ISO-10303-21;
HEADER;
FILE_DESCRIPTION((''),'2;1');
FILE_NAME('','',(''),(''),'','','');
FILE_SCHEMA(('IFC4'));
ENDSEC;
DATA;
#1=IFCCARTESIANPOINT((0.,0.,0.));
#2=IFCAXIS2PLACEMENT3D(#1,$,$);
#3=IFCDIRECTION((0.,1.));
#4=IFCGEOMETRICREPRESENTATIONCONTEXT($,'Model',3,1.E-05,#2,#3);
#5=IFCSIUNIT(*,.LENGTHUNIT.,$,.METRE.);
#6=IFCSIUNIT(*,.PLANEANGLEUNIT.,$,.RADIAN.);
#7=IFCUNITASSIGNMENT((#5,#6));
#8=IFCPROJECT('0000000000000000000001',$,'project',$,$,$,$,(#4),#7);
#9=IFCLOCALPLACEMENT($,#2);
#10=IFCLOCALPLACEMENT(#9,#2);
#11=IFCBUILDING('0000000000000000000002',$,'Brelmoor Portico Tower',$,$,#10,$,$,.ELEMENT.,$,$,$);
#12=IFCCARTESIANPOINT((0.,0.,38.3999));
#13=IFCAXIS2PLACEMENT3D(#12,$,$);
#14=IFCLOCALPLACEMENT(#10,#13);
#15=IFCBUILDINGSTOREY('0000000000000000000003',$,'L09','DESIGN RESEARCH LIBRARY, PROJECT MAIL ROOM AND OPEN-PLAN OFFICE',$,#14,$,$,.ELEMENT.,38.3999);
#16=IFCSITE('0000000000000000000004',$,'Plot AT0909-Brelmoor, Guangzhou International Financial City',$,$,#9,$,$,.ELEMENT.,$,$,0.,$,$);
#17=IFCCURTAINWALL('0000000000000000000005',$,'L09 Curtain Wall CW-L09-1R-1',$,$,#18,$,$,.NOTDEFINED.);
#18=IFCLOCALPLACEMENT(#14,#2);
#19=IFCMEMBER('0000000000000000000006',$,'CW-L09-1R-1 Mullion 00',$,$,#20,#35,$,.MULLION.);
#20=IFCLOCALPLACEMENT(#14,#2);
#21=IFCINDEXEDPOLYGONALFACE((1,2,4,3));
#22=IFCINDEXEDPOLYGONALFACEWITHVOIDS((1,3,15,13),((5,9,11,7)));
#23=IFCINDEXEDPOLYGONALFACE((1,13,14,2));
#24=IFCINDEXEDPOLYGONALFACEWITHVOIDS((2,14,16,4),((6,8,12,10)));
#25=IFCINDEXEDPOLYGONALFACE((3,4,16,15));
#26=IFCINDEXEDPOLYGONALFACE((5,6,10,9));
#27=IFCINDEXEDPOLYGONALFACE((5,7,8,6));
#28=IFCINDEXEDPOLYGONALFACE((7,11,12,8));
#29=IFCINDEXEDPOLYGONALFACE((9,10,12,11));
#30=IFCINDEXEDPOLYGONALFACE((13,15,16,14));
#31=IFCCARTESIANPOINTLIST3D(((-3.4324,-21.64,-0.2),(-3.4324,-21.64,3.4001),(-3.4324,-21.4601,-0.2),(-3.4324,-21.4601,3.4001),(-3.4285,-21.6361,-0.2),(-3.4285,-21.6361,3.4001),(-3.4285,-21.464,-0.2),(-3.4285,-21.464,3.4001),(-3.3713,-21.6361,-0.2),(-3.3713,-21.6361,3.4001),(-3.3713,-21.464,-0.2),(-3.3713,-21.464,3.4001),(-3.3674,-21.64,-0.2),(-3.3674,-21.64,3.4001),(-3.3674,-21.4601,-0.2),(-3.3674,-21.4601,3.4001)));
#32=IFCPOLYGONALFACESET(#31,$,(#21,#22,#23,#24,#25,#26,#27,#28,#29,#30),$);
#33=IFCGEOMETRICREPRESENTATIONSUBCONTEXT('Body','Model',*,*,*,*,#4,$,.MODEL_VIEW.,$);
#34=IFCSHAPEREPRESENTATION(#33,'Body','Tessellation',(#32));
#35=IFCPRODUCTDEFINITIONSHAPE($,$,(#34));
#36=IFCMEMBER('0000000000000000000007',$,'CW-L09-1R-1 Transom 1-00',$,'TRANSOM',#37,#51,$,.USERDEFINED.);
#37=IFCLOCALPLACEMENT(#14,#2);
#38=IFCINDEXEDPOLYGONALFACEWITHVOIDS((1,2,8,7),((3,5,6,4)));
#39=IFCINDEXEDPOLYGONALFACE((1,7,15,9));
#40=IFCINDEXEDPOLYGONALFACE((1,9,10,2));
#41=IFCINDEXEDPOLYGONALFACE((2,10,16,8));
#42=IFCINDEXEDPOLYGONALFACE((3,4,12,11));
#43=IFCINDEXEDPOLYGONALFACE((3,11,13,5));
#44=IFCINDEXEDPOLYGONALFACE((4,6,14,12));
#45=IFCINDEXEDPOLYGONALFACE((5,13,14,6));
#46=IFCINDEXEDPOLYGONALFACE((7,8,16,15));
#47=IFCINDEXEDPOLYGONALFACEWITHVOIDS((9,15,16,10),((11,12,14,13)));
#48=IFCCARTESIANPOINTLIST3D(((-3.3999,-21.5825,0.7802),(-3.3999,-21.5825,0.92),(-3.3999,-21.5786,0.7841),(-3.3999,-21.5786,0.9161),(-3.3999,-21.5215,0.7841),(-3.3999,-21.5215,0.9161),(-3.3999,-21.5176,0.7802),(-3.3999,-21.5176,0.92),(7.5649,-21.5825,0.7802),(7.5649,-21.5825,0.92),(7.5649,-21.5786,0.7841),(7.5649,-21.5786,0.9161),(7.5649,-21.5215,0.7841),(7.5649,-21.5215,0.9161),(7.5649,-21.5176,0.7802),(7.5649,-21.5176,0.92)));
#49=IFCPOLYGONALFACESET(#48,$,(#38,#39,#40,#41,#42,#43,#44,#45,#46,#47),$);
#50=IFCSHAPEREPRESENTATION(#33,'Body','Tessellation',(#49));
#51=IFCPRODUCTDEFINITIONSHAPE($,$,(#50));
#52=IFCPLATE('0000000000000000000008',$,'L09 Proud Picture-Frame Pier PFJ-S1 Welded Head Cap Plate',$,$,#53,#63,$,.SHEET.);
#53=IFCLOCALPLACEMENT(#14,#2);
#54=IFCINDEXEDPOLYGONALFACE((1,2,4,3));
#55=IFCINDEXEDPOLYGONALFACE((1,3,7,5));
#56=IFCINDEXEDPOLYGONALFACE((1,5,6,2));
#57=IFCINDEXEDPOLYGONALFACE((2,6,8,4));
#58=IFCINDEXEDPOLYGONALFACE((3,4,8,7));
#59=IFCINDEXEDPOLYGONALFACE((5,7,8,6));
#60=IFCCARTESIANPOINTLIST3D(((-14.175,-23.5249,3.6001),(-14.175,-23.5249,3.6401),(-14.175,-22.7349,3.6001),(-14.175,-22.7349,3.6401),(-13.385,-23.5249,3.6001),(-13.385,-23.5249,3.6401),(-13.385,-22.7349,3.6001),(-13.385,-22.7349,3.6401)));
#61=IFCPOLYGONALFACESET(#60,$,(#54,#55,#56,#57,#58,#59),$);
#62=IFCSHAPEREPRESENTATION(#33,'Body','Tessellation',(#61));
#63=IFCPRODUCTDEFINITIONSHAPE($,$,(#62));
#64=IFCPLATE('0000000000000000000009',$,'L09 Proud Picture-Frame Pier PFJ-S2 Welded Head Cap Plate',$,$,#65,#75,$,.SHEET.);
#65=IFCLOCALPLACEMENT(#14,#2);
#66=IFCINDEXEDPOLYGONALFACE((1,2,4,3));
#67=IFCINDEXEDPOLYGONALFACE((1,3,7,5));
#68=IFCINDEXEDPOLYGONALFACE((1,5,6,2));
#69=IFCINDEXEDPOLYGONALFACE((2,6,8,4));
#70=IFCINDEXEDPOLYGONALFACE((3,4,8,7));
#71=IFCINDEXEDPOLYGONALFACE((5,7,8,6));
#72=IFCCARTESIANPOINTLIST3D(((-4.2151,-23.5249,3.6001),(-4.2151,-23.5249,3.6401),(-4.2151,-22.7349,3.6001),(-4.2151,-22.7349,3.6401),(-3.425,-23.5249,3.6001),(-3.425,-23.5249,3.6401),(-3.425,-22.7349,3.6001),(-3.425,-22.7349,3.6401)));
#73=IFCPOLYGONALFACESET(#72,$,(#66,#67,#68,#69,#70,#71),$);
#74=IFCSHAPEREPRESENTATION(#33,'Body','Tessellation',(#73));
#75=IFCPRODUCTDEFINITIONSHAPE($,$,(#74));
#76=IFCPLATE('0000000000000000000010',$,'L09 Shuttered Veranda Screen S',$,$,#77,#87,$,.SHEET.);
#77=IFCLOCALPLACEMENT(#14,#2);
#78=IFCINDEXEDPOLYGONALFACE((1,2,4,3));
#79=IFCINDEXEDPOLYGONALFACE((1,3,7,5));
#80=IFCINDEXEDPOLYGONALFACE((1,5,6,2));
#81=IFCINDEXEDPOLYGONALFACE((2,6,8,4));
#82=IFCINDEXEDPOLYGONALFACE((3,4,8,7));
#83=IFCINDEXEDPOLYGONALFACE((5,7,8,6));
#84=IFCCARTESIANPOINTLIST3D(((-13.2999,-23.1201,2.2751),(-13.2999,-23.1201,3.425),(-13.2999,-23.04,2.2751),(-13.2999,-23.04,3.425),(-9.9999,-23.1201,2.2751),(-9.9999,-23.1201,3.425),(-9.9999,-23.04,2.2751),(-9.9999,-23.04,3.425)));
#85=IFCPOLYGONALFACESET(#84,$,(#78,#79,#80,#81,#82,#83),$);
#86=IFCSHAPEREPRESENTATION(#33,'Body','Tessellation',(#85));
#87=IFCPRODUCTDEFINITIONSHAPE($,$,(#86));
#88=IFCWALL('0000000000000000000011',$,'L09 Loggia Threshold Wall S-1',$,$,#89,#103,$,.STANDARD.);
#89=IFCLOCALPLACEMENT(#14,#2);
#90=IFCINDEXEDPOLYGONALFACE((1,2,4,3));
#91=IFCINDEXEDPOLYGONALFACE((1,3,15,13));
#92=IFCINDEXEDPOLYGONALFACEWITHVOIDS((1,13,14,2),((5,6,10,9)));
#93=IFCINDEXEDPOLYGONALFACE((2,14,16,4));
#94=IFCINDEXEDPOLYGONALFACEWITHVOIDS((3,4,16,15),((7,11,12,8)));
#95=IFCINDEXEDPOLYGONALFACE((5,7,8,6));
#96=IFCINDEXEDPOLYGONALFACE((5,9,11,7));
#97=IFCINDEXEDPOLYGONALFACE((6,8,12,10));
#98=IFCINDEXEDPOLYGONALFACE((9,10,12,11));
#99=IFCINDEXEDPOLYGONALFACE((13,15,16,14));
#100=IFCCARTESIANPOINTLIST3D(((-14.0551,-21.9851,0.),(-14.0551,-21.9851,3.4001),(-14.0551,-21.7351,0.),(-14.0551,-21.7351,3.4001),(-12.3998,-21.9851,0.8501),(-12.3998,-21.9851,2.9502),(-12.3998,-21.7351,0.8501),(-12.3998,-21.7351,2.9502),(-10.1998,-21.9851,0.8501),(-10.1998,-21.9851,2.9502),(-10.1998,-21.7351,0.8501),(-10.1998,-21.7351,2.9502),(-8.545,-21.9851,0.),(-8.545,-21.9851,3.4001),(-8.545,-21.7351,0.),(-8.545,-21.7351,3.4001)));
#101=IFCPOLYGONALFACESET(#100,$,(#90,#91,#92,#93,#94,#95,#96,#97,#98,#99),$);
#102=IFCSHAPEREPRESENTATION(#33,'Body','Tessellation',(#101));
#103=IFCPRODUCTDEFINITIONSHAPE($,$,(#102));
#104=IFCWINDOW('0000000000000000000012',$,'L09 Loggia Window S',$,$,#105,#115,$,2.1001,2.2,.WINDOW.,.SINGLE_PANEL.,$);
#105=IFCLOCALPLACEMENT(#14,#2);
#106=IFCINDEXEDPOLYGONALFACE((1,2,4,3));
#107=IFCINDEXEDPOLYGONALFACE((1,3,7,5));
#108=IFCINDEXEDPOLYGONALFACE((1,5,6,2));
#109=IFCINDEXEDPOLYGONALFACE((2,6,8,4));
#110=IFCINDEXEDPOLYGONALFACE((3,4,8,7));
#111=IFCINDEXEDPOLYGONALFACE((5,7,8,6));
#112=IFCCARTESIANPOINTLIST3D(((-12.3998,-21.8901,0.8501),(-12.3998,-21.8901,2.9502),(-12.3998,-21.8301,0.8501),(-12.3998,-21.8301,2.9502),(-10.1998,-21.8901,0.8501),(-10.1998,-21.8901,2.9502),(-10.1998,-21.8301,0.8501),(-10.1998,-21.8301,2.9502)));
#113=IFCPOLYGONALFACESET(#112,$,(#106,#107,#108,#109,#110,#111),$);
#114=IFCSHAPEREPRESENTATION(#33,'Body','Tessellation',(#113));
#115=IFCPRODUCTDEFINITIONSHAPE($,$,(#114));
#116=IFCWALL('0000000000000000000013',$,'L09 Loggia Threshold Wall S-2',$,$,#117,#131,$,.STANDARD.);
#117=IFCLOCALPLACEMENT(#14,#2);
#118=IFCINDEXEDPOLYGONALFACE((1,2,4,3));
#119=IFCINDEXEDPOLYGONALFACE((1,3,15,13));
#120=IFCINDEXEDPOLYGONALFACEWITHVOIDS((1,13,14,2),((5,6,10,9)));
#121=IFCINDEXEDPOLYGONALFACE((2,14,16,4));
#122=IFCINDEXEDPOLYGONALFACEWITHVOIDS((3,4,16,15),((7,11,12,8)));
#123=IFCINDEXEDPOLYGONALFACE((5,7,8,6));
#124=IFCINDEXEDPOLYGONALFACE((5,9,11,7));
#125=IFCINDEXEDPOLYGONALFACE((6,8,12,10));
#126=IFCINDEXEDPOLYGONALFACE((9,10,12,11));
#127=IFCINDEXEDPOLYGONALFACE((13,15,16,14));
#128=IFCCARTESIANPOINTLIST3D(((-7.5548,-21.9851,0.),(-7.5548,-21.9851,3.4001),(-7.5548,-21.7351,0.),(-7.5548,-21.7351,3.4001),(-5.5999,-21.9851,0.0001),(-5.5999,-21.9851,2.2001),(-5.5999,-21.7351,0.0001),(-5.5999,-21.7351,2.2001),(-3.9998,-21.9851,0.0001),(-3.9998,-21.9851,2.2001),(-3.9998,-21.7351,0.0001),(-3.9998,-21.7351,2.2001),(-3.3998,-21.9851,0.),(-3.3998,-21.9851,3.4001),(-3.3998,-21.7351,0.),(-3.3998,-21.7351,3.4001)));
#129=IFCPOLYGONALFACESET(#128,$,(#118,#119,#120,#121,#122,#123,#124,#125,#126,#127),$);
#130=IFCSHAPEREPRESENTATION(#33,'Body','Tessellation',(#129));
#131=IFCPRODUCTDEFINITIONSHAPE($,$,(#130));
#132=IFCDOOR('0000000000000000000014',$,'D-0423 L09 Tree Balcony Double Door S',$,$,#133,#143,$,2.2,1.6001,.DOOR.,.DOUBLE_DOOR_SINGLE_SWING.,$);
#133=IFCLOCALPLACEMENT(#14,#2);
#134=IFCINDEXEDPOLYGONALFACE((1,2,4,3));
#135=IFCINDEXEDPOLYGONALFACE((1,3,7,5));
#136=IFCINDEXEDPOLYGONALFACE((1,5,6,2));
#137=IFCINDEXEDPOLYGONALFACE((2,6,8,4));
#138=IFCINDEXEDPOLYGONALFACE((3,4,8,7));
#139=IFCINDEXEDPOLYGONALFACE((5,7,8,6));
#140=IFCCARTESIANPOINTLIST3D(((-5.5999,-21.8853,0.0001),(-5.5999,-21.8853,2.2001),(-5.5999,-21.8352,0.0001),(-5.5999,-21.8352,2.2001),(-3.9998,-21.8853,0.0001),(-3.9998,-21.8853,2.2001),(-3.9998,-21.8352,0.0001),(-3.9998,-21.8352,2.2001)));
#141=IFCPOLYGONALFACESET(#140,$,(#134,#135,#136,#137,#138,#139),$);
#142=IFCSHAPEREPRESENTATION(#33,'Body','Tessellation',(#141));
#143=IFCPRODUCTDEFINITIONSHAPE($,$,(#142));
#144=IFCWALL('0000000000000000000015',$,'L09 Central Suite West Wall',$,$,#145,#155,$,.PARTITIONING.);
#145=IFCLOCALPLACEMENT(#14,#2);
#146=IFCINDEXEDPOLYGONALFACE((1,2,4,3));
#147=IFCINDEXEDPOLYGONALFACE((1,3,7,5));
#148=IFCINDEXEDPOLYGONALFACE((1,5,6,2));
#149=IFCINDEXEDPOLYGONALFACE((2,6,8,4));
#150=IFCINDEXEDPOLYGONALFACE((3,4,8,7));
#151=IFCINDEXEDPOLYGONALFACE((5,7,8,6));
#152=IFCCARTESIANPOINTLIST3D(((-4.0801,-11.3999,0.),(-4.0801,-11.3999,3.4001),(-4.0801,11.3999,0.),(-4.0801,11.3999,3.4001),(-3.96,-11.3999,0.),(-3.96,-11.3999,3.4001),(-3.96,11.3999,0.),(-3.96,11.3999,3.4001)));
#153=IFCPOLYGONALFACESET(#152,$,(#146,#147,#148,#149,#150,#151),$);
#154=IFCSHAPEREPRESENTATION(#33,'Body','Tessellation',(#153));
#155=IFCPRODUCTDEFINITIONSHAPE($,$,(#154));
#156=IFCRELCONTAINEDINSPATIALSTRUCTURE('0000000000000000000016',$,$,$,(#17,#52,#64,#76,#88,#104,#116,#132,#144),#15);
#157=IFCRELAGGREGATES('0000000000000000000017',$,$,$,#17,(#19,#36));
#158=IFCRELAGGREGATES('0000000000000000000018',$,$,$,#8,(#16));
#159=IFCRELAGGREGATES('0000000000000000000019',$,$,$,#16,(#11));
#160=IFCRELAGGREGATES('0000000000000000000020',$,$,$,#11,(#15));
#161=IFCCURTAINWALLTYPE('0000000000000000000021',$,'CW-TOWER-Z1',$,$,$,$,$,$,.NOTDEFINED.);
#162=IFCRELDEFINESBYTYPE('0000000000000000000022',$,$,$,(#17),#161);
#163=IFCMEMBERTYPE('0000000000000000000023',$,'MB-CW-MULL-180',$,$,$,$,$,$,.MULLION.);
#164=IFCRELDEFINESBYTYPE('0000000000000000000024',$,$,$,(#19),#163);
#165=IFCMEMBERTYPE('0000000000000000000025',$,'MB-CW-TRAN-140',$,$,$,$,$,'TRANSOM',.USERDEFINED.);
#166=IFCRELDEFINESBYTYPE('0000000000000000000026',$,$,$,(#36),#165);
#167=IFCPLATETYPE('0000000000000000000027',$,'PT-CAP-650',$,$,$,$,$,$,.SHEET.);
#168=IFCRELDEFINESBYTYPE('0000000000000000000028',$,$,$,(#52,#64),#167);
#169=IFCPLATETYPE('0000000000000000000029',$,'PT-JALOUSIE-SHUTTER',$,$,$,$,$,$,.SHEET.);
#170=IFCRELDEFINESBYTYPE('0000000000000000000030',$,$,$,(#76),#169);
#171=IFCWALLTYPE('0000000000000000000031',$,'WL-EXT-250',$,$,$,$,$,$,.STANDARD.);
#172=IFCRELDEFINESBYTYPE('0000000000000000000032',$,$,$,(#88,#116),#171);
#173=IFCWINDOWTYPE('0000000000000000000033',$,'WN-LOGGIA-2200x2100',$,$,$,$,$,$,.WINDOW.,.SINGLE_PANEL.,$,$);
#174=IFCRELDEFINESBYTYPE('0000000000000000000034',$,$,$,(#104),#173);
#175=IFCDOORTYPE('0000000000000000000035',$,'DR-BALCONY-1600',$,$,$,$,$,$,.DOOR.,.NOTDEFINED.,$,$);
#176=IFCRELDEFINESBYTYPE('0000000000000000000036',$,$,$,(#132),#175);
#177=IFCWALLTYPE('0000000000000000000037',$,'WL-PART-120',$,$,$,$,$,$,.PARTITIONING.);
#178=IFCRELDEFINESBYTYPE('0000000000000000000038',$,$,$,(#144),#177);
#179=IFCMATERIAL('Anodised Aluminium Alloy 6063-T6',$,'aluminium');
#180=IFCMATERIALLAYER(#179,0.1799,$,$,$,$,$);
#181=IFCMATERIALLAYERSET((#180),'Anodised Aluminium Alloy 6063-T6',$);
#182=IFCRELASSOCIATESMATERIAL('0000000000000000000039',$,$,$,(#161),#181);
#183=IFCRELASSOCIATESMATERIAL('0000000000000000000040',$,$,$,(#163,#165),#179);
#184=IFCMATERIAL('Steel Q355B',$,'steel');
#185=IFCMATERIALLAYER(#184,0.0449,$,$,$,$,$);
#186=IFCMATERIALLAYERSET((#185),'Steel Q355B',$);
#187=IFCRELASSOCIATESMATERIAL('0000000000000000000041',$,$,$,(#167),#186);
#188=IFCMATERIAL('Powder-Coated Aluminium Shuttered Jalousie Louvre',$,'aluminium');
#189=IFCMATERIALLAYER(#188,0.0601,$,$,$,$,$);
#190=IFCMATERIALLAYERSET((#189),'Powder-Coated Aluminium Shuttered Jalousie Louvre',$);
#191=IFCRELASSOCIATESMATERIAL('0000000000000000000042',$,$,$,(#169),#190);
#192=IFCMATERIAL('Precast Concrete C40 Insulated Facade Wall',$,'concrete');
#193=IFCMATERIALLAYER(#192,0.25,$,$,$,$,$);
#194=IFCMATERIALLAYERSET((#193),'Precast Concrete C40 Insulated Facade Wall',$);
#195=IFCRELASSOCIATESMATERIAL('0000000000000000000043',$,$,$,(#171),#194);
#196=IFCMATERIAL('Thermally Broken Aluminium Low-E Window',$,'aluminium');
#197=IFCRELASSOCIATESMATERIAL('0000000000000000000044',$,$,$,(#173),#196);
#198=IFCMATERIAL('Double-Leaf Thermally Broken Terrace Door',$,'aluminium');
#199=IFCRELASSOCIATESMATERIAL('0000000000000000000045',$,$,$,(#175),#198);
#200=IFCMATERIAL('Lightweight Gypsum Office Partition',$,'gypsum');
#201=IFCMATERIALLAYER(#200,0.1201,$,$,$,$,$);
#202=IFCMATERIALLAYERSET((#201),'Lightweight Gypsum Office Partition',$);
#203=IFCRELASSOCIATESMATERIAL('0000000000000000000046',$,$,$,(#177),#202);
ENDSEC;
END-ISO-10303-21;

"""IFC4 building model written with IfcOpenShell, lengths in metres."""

from ifc_helpers import new_model, si_unit, direction, frame, frame_2d, origin, origin_2d, place, context, subcontext, project, spatial, rectangle, hollow_rectangle, extrude, material, layer, layer_set, material_profile, profile_set, type_object, element, fill, aggregate, save


model = new_model("IFC4")

# Units and contexts
model_context = context("Model", 3, precision=1e-05, world=origin(), true_north=direction((0.0, 1.0)))
body_context = subcontext(model_context, "Body", "Model", "MODEL_VIEW")
ifc_project = project(units=[si_unit("LENGTHUNIT", "METRE"), si_unit("PLANEANGLEUNIT", "RADIAN")], contexts=[model_context])

# Site, building, storey
site_placement = place(None, origin())
site = spatial("IfcSite", under=ifc_project, at=site_placement, Name="Plot AT0909-Brelmoor, Guangzhou International Financial City", CompositionType="ELEMENT", RefElevation=0.0)
building_placement = place(site_placement, origin())
building = spatial("IfcBuilding", under=site, at=building_placement, Name="Brelmoor Portico Tower", CompositionType="ELEMENT")
storey_placement = place(building_placement, frame((0.0, 0.0, 38.3999)))
storey = spatial("IfcBuildingStorey", under=building, at=storey_placement, Name="L09", Description="DESIGN RESEARCH LIBRARY, PROJECT MAIL ROOM AND OPEN-PLAN OFFICE", CompositionType="ELEMENT", Elevation=38.3999)

# Shared definitions
ifc_material_1 = material(Name="Steel Q355B", Category="steel")

# Curtain wall, members
ifc_material_2 = material(Name="Anodised Aluminium Alloy 6063-T6", Category="aluminium")
ifc_layer_1 = layer(ifc_material_2, 0.1799)
ifc_layer_set_1 = layer_set([ifc_layer_1], Name="Anodised Aluminium Alloy 6063-T6")
curtain_wall_type = type_object("IfcCurtainWallType", Name="CW-TOWER-Z1", PredefinedType="NOTDEFINED", material=ifc_layer_set_1)
curtain_wall_placement = place(storey_placement, origin())
curtain_wall = element("IfcCurtainWall", 1, at=curtain_wall_placement, inside=storey, type_object=curtain_wall_type, Name="L09 Curtain Wall CW-L09-1R-1", PredefinedType="NOTDEFINED")
ifc_material_profile_1 = material_profile(ifc_material_2, hollow_rectangle(XDim=0.0649, YDim=0.1799, WallThickness=0.0039, at=origin_2d()), Name="ALU MULLION 65x180")
ifc_profile_set_1 = profile_set([ifc_material_profile_1], Name="Anodised Aluminium Alloy 6063-T6")
member_type_1 = type_object("IfcMemberType", Name="MB-CW-MULL-180", PredefinedType="MULLION", material=ifc_profile_set_1)
member_1_placement = place(storey_placement, frame((-3.3999, -21.55, -0.2), z_axis=(0.0, 0.0, 1.0), x_axis=(1.0, 0.0, 0.0)))
member_1 = element("IfcMember", 2, at=member_1_placement, type_object=member_type_1, Name="CW-L09-1R-1 Mullion 00", PredefinedType="MULLION", context=body_context, shape_type="SweptSolid", body=[
    extrude(hollow_rectangle(XDim=0.0649, YDim=0.1799, WallThickness=0.0039, at=origin_2d()), origin(), (0.0, 0.0, 1.0), 3.6001),
])
ifc_material_profile_2 = material_profile(ifc_material_2, hollow_rectangle(XDim=0.0649, YDim=0.1399, WallThickness=0.0039, at=origin_2d()), Name="ALU TRANSOM 65x140")
ifc_profile_set_2 = profile_set([ifc_material_profile_2], Name="Anodised Aluminium Alloy 6063-T6")
member_type_2 = type_object("IfcMemberType", Name="MB-CW-TRAN-140", ElementType="TRANSOM", PredefinedType="USERDEFINED", material=ifc_profile_set_2)
member_2_placement = place(storey_placement, frame((-3.3999, -21.55, 0.8501), z_axis=(1.0, 0.0, 0.0), x_axis=(0.0, 1.0, 0.0)))
member_2 = element("IfcMember", 3, at=member_2_placement, type_object=member_type_2, Name="CW-L09-1R-1 Transom 1-00", ObjectType="TRANSOM", PredefinedType="USERDEFINED", context=body_context, shape_type="SweptSolid", body=[
    extrude(hollow_rectangle(XDim=0.0649, YDim=0.1399, WallThickness=0.0039, at=origin_2d()), origin(), (0.0, 0.0, 1.0), 10.9648),
])
aggregate(curtain_wall, [member_1, member_2])

# Plates
ifc_layer_2 = layer(ifc_material_1, 0.0449)
ifc_layer_set_2 = layer_set([ifc_layer_2], Name="Steel Q355B")
plate_type_1 = type_object("IfcPlateType", Name="PT-CAP-650", PredefinedType="SHEET", material=ifc_layer_set_2)
for number, where, z_axis, x_axis, name in (
    (4, (-13.78, -23.1299, 3.6001), (0.0, 0.0, 1.0), (1.0, 0.0, 0.0), "L09 Proud Picture-Frame Pier PFJ-S1 Welded Head Cap Plate"),
    (5, (-3.8201, -23.1299, 3.6001), (0.0, 0.0, 1.0), (1.0, 0.0, 0.0), "L09 Proud Picture-Frame Pier PFJ-S2 Welded Head Cap Plate"),
):
    element("IfcPlate", number, at=place(storey_placement, frame(where, z_axis=z_axis, x_axis=x_axis)), inside=storey, type_object=plate_type_1, Name=name, PredefinedType="SHEET", context=body_context, shape_type="SweptSolid", body=[
        extrude(rectangle(XDim=0.79, YDim=0.79, at=origin_2d()), origin(), (0.0, 0.0, 1.0), 0.04),
    ])
ifc_material_3 = material(Name="Powder-Coated Aluminium Shuttered Jalousie Louvre", Category="aluminium")
ifc_layer_3 = layer(ifc_material_3, 0.0601)
ifc_layer_set_3 = layer_set([ifc_layer_3], Name="Powder-Coated Aluminium Shuttered Jalousie Louvre")
plate_type_2 = type_object("IfcPlateType", Name="PT-JALOUSIE-SHUTTER", PredefinedType="SHEET", material=ifc_layer_set_3)
plate_placement = place(storey_placement, frame((-11.6499, -23.0801, 2.2751), z_axis=(0.0, 0.0, 1.0), x_axis=(1.0, 0.0, 0.0)))
element("IfcPlate", 6, at=plate_placement, inside=storey, type_object=plate_type_2, Name="L09 Shuttered Veranda Screen S", PredefinedType="SHEET", context=body_context, shape_type="SweptSolid", body=[
    extrude(rectangle(XDim=3.3, YDim=0.0801, at=origin_2d()), origin(), (0.0, 0.0, 1.0), 1.1499),
])

# Wall, opening, window
ifc_material_4 = material(Name="Precast Concrete C40 Insulated Facade Wall", Category="concrete")
ifc_layer_4 = layer(ifc_material_4, 0.25)
ifc_layer_set_4 = layer_set([ifc_layer_4], Name="Precast Concrete C40 Insulated Facade Wall")
wall_type_1 = type_object("IfcWallType", Name="WL-EXT-250", PredefinedType="STANDARD", material=ifc_layer_set_4)
wall_1_placement = place(storey_placement, frame((-14.0549, -21.8601, 0.0), z_axis=(0.0, 0.0, 1.0), x_axis=(1.0, 0.0, 0.0)))
wall_1 = element("IfcWall", 7, at=wall_1_placement, inside=storey, type_object=wall_type_1, Name="L09 Loggia Threshold Wall S-1", PredefinedType="STANDARD", context=body_context, shape_type="SweptSolid", body=[
    extrude(rectangle(XDim=5.51, YDim=0.25, at=frame_2d((2.7549, 0.0))), origin(), (0.0, 0.0, 1.0), 3.4001),
])
opening_1_placement = place(wall_1_placement, frame((1.655, 0.0, 0.8501)))
opening_1 = element("IfcOpeningElement", 8, at=opening_1_placement, cuts=wall_1, PredefinedType="OPENING", context=body_context, shape_type="SweptSolid", body=[
    extrude(rectangle(XDim=2.2, YDim=2.1001, at=frame_2d((1.1001, 1.05))), frame((0.0, 0.135, 0.0), z_axis=(0.0, -1.0, 0.0), x_axis=(1.0, 0.0, 0.0)), (0.0, 0.0, 1.0), 0.27),
])
ifc_material_5 = material(Name="Thermally Broken Aluminium Low-E Window", Category="aluminium")
window_type = type_object("IfcWindowType", Name="WN-LOGGIA-2200x2100", PartitioningType="SINGLE_PANEL", PredefinedType="WINDOW", material=ifc_material_5)
window_placement = place(opening_1_placement, origin())
window = element("IfcWindow", 9, at=window_placement, inside=storey, type_object=window_type, Name="L09 Loggia Window S", OverallHeight=2.1001, OverallWidth=2.2, PartitioningType="SINGLE_PANEL", PredefinedType="WINDOW", context=body_context, shape_type="SweptSolid", body=[
    extrude(rectangle(XDim=2.2, YDim=2.1001, at=frame_2d((1.1001, 1.05))), frame((0.0, 0.03, 0.0), z_axis=(0.0, -1.0, 0.0), x_axis=(1.0, 0.0, 0.0)), (0.0, 0.0, 1.0), 0.0601),
])
fill(opening_1, window)

# Wall, opening, door
wall_2_placement = place(storey_placement, frame((-7.5549, -21.8601, 0.0), z_axis=(0.0, 0.0, 1.0), x_axis=(1.0, 0.0, 0.0)))
wall_2 = element("IfcWall", 10, at=wall_2_placement, inside=storey, type_object=wall_type_1, Name="L09 Loggia Threshold Wall S-2", PredefinedType="STANDARD", context=body_context, shape_type="SweptSolid", body=[
    extrude(rectangle(XDim=4.155, YDim=0.25, at=frame_2d((2.0776, 0.0))), origin(), (0.0, 0.0, 1.0), 3.4001),
])
opening_2_placement = place(wall_2_placement, frame((1.9551, 0.0, 0.0)))
opening_2 = element("IfcOpeningElement", 11, at=opening_2_placement, cuts=wall_2, PredefinedType="OPENING", context=body_context, shape_type="SweptSolid", body=[
    extrude(rectangle(XDim=1.6001, YDim=2.2, at=frame_2d((0.8, 1.1001))), frame((0.0, 0.135, 0.0), z_axis=(0.0, -1.0, 0.0), x_axis=(1.0, 0.0, 0.0)), (0.0, 0.0, 1.0), 0.27),
])
ifc_material_6 = material(Name="Double-Leaf Thermally Broken Terrace Door", Category="aluminium")
door_type_1 = type_object("IfcDoorType", Name="DR-BALCONY-1600", OperationType="NOTDEFINED", PredefinedType="DOOR", material=ifc_material_6)
door_1_placement = place(opening_2_placement, origin())
door_1 = element("IfcDoor", 12, at=door_1_placement, inside=storey, type_object=door_type_1, Name="D-0423 L09 Tree Balcony Double Door S", OperationType="DOUBLE_DOOR_SINGLE_SWING", OverallHeight=2.2, OverallWidth=1.6001, PredefinedType="DOOR", context=body_context, shape_type="SweptSolid", body=[
    extrude(rectangle(XDim=1.6001, YDim=2.2, at=frame_2d((0.8, 1.1001))), frame((0.0, 0.0249, 0.0), z_axis=(0.0, -1.0, 0.0), x_axis=(1.0, 0.0, 0.0)), (0.0, 0.0, 1.0), 0.05),
])
fill(opening_2, door_1)

# Wall
ifc_material_7 = material(Name="Lightweight Gypsum Office Partition", Category="gypsum")
ifc_layer_5 = layer(ifc_material_7, 0.1201)
ifc_layer_set_5 = layer_set([ifc_layer_5], Name="Lightweight Gypsum Office Partition")
wall_type_2 = type_object("IfcWallType", Name="WL-PART-120", PredefinedType="PARTITIONING", material=ifc_layer_set_5)
wall_3_placement = place(storey_placement, frame((-4.02, -11.3999, 0.0), z_axis=(0.0, 0.0, 1.0), x_axis=(0.0, 1.0, 0.0)))
element("IfcWall", 13, at=wall_3_placement, inside=storey, type_object=wall_type_2, Name="L09 Central Suite West Wall", PredefinedType="PARTITIONING", context=body_context, shape_type="SweptSolid", body=[
    extrude(rectangle(XDim=22.7998, YDim=0.1201, at=frame_2d((11.3999, 0.0))), origin(), (0.0, 0.0, 1.0), 3.4001),
])

save(model, "model.ifc")
